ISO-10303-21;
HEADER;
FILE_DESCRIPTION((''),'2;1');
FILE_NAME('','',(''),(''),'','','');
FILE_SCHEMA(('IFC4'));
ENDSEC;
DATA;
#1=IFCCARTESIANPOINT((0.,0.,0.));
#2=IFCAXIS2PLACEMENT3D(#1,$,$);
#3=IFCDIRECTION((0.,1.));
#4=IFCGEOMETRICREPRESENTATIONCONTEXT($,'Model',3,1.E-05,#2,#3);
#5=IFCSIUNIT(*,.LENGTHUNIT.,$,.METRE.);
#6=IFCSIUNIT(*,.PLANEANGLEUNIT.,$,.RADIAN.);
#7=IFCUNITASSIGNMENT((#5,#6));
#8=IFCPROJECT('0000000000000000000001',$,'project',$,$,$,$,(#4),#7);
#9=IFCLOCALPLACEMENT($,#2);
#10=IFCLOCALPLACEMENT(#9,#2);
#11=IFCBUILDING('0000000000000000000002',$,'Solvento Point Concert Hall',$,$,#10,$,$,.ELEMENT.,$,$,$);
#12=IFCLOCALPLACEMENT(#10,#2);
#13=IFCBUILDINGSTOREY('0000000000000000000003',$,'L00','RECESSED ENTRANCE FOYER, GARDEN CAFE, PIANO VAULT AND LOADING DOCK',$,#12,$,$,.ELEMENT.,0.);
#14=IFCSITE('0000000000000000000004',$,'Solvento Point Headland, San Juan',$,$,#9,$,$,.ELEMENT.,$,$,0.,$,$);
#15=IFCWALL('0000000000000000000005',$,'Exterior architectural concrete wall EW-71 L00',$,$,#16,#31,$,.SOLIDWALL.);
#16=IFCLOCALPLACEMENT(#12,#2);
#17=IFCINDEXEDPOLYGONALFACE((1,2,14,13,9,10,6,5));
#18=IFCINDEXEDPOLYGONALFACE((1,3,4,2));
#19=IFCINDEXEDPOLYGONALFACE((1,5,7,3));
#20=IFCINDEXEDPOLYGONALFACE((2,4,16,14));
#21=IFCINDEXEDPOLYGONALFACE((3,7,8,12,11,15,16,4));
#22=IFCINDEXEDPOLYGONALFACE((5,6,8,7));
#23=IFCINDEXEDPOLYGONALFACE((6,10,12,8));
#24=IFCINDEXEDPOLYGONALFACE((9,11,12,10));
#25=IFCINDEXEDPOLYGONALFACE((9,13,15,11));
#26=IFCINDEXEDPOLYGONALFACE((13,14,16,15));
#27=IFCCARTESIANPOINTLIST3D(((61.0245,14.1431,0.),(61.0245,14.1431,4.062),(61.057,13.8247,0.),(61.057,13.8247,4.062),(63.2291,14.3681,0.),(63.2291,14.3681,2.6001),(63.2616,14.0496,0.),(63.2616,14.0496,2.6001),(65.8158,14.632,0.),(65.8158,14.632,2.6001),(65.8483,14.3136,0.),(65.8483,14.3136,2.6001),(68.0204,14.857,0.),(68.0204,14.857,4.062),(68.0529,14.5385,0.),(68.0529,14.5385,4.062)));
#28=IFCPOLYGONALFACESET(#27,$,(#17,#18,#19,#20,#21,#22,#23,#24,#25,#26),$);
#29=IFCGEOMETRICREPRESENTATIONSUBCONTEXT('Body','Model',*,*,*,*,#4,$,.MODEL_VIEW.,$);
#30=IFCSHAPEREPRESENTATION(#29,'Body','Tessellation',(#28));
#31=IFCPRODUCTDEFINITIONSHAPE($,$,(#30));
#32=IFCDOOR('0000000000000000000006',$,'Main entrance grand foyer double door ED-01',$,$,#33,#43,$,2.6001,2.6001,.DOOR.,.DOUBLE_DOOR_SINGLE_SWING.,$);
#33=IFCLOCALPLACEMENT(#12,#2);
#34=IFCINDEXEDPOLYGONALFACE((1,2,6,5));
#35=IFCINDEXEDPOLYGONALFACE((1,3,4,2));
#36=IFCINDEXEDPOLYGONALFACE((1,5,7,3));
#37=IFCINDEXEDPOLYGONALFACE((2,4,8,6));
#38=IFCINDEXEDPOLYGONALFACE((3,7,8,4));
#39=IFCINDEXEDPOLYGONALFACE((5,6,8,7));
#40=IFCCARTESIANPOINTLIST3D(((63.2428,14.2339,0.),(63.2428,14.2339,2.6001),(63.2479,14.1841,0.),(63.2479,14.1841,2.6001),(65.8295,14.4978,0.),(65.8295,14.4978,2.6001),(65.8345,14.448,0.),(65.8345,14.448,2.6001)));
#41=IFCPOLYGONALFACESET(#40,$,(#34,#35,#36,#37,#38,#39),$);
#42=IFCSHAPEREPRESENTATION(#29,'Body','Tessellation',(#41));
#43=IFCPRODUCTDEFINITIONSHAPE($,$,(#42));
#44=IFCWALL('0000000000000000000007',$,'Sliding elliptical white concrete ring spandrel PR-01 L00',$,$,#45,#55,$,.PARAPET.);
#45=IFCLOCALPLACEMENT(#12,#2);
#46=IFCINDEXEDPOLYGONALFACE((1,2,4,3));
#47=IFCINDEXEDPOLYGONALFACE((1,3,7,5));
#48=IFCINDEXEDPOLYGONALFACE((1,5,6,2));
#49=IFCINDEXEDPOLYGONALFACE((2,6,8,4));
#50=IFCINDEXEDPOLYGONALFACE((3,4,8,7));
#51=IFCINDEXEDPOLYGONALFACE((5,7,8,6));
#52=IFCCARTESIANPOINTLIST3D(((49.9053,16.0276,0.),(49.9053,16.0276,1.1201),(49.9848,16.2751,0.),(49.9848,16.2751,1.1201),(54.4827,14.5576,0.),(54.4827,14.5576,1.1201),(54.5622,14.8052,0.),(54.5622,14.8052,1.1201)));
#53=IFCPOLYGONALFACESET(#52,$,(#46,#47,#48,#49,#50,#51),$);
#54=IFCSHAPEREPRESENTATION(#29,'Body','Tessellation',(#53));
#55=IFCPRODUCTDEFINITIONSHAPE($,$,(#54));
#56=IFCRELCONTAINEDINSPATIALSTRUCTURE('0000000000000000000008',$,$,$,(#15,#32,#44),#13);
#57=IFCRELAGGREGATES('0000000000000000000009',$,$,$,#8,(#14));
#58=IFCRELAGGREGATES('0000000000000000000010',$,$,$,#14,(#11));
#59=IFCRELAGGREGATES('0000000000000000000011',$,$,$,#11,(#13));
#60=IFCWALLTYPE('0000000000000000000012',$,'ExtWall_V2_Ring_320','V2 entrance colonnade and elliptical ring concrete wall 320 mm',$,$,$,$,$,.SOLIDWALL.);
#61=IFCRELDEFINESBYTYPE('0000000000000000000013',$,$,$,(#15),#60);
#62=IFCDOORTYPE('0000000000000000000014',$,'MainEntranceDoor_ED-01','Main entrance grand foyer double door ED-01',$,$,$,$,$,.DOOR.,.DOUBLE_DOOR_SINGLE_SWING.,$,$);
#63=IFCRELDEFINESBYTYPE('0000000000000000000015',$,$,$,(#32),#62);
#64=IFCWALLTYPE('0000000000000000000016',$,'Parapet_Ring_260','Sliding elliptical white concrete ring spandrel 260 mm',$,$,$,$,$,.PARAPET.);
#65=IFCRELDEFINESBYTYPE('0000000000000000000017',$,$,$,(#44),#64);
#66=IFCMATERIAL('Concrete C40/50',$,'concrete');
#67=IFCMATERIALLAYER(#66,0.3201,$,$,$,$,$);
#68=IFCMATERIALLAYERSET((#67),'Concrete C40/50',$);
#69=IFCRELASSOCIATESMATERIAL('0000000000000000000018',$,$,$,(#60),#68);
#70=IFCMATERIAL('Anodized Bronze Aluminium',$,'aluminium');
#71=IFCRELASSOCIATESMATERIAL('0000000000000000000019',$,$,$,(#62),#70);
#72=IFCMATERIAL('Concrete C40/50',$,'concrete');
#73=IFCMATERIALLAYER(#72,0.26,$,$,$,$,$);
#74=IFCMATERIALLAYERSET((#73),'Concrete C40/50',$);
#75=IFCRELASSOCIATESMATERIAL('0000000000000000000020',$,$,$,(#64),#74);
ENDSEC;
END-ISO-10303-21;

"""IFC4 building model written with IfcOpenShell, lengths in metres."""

from ifc_helpers import new_model, si_unit, direction, frame, frame_2d, origin, place, context, subcontext, project, spatial, rectangle, extrude, material, layer, layer_set, type_object, element, fill, save


model = new_model("IFC4")

# Units and contexts
model_context = context("Model", 3, precision=1e-05, world=origin(), true_north=direction((0.0, 1.0)))
body_context = subcontext(model_context, "Body", "Model", "MODEL_VIEW")
ifc_project = project(units=[si_unit("LENGTHUNIT", "METRE"), si_unit("PLANEANGLEUNIT", "RADIAN")], contexts=[model_context])

# Site, building, storey
site_placement = place(None, origin())
site = spatial("IfcSite", under=ifc_project, at=site_placement, Name="Solvento Point Headland, San Juan", CompositionType="ELEMENT", RefElevation=0.0)
building_placement = place(site_placement, origin())
building = spatial("IfcBuilding", under=site, at=building_placement, Name="Solvento Point Concert Hall", CompositionType="ELEMENT")
storey_placement = place(building_placement, origin())
storey = spatial("IfcBuildingStorey", under=building, at=storey_placement, Name="L00", Description="RECESSED ENTRANCE FOYER, GARDEN CAFE, PIANO VAULT AND LOADING DOCK", CompositionType="ELEMENT", Elevation=0.0)

# Wall, opening, door
ifc_material_1 = material(Name="Concrete C40/50", Category="concrete")
ifc_layer_1 = layer(ifc_material_1, 0.3201)
ifc_layer_set_1 = layer_set([ifc_layer_1], Name="Concrete C40/50")
wall_type_1 = type_object("IfcWallType", Name="ExtWall_V2_Ring_320", Description="V2 entrance colonnade and elliptical ring concrete wall 320 mm", PredefinedType="SOLIDWALL", material=ifc_layer_set_1)
ifc_material_2 = material(Name="Anodized Bronze Aluminium", Category="aluminium")
door_type = type_object("IfcDoorType", Name="MainEntranceDoor_ED-01", Description="Main entrance grand foyer double door ED-01", OperationType="DOUBLE_DOOR_SINGLE_SWING", PredefinedType="DOOR", material=ifc_material_2)
wall_1_placement = place(storey_placement, frame((68.0366, 14.6978, 0.0), z_axis=(0.0, 0.0, 1.0), x_axis=(-0.994834, -0.101514, 0.0)))
wall_1 = element("IfcWall", 1, at=wall_1_placement, inside=storey, type_object=wall_type_1, Name="Exterior architectural concrete wall EW-71 L00", PredefinedType="SOLIDWALL", context=body_context, shape_type="SweptSolid", body=[
    extrude(rectangle(XDim=7.0322, YDim=0.3201, at=frame_2d((3.5161, 0.0))), origin(), (0.0, 0.0, 1.0), 4.062),
])
opening_1_placement = place(wall_1_placement, frame((2.2161, 0.0, 0.0)))
opening_1 = element("IfcOpeningElement", 2, at=opening_1_placement, cuts=wall_1, PredefinedType="OPENING", context=body_context, shape_type="SweptSolid", body=[
    extrude(rectangle(XDim=2.6001, YDim=2.6001, at=frame_2d((1.3, 1.3))), frame((0.0, 0.1699, 0.0), z_axis=(0.0, -1.0, 0.0), x_axis=(1.0, 0.0, 0.0)), (0.0, 0.0, 1.0), 0.3401),
])
door_1_placement = place(opening_1_placement, origin())
door_1 = element("IfcDoor", 3, at=door_1_placement, inside=storey, type_object=door_type, Name="Main entrance grand foyer double door ED-01", OperationType="DOUBLE_DOOR_SINGLE_SWING", OverallHeight=2.6001, OverallWidth=2.6001, PredefinedType="DOOR", context=body_context, shape_type="SweptSolid", body=[
    extrude(rectangle(XDim=2.6001, YDim=2.6001, at=frame_2d((1.3, 1.3))), frame((0.0, 0.0249, 0.0), z_axis=(0.0, -1.0, 0.0), x_axis=(1.0, 0.0, 0.0)), (0.0, 0.0, 1.0), 0.05),
])
fill(opening_1, door_1)

# Wall
ifc_material_3 = material(Name="Concrete C40/50", Category="concrete")
ifc_layer_2 = layer(ifc_material_3, 0.26)
ifc_layer_set_2 = layer_set([ifc_layer_2], Name="Concrete C40/50")
wall_type_2 = type_object("IfcWallType", Name="Parapet_Ring_260", Description="Sliding elliptical white concrete ring spandrel 260 mm", PredefinedType="PARAPET", material=ifc_layer_set_2)
wall_2_placement = place(storey_placement, frame((54.5225, 14.6814, 0.0), z_axis=(0.0, 0.0, 1.0), x_axis=(-0.952109, 0.305758, 0.0)))
element("IfcWall", 4, at=wall_2_placement, inside=storey, type_object=wall_type_2, Name="Sliding elliptical white concrete ring spandrel PR-01 L00", PredefinedType="PARAPET", context=body_context, shape_type="SweptSolid", body=[
    extrude(rectangle(XDim=4.8076, YDim=0.26, at=frame_2d((2.4038, 0.0))), origin(), (0.0, 0.0, 1.0), 1.1201),
])

save(model, "model.ifc")
